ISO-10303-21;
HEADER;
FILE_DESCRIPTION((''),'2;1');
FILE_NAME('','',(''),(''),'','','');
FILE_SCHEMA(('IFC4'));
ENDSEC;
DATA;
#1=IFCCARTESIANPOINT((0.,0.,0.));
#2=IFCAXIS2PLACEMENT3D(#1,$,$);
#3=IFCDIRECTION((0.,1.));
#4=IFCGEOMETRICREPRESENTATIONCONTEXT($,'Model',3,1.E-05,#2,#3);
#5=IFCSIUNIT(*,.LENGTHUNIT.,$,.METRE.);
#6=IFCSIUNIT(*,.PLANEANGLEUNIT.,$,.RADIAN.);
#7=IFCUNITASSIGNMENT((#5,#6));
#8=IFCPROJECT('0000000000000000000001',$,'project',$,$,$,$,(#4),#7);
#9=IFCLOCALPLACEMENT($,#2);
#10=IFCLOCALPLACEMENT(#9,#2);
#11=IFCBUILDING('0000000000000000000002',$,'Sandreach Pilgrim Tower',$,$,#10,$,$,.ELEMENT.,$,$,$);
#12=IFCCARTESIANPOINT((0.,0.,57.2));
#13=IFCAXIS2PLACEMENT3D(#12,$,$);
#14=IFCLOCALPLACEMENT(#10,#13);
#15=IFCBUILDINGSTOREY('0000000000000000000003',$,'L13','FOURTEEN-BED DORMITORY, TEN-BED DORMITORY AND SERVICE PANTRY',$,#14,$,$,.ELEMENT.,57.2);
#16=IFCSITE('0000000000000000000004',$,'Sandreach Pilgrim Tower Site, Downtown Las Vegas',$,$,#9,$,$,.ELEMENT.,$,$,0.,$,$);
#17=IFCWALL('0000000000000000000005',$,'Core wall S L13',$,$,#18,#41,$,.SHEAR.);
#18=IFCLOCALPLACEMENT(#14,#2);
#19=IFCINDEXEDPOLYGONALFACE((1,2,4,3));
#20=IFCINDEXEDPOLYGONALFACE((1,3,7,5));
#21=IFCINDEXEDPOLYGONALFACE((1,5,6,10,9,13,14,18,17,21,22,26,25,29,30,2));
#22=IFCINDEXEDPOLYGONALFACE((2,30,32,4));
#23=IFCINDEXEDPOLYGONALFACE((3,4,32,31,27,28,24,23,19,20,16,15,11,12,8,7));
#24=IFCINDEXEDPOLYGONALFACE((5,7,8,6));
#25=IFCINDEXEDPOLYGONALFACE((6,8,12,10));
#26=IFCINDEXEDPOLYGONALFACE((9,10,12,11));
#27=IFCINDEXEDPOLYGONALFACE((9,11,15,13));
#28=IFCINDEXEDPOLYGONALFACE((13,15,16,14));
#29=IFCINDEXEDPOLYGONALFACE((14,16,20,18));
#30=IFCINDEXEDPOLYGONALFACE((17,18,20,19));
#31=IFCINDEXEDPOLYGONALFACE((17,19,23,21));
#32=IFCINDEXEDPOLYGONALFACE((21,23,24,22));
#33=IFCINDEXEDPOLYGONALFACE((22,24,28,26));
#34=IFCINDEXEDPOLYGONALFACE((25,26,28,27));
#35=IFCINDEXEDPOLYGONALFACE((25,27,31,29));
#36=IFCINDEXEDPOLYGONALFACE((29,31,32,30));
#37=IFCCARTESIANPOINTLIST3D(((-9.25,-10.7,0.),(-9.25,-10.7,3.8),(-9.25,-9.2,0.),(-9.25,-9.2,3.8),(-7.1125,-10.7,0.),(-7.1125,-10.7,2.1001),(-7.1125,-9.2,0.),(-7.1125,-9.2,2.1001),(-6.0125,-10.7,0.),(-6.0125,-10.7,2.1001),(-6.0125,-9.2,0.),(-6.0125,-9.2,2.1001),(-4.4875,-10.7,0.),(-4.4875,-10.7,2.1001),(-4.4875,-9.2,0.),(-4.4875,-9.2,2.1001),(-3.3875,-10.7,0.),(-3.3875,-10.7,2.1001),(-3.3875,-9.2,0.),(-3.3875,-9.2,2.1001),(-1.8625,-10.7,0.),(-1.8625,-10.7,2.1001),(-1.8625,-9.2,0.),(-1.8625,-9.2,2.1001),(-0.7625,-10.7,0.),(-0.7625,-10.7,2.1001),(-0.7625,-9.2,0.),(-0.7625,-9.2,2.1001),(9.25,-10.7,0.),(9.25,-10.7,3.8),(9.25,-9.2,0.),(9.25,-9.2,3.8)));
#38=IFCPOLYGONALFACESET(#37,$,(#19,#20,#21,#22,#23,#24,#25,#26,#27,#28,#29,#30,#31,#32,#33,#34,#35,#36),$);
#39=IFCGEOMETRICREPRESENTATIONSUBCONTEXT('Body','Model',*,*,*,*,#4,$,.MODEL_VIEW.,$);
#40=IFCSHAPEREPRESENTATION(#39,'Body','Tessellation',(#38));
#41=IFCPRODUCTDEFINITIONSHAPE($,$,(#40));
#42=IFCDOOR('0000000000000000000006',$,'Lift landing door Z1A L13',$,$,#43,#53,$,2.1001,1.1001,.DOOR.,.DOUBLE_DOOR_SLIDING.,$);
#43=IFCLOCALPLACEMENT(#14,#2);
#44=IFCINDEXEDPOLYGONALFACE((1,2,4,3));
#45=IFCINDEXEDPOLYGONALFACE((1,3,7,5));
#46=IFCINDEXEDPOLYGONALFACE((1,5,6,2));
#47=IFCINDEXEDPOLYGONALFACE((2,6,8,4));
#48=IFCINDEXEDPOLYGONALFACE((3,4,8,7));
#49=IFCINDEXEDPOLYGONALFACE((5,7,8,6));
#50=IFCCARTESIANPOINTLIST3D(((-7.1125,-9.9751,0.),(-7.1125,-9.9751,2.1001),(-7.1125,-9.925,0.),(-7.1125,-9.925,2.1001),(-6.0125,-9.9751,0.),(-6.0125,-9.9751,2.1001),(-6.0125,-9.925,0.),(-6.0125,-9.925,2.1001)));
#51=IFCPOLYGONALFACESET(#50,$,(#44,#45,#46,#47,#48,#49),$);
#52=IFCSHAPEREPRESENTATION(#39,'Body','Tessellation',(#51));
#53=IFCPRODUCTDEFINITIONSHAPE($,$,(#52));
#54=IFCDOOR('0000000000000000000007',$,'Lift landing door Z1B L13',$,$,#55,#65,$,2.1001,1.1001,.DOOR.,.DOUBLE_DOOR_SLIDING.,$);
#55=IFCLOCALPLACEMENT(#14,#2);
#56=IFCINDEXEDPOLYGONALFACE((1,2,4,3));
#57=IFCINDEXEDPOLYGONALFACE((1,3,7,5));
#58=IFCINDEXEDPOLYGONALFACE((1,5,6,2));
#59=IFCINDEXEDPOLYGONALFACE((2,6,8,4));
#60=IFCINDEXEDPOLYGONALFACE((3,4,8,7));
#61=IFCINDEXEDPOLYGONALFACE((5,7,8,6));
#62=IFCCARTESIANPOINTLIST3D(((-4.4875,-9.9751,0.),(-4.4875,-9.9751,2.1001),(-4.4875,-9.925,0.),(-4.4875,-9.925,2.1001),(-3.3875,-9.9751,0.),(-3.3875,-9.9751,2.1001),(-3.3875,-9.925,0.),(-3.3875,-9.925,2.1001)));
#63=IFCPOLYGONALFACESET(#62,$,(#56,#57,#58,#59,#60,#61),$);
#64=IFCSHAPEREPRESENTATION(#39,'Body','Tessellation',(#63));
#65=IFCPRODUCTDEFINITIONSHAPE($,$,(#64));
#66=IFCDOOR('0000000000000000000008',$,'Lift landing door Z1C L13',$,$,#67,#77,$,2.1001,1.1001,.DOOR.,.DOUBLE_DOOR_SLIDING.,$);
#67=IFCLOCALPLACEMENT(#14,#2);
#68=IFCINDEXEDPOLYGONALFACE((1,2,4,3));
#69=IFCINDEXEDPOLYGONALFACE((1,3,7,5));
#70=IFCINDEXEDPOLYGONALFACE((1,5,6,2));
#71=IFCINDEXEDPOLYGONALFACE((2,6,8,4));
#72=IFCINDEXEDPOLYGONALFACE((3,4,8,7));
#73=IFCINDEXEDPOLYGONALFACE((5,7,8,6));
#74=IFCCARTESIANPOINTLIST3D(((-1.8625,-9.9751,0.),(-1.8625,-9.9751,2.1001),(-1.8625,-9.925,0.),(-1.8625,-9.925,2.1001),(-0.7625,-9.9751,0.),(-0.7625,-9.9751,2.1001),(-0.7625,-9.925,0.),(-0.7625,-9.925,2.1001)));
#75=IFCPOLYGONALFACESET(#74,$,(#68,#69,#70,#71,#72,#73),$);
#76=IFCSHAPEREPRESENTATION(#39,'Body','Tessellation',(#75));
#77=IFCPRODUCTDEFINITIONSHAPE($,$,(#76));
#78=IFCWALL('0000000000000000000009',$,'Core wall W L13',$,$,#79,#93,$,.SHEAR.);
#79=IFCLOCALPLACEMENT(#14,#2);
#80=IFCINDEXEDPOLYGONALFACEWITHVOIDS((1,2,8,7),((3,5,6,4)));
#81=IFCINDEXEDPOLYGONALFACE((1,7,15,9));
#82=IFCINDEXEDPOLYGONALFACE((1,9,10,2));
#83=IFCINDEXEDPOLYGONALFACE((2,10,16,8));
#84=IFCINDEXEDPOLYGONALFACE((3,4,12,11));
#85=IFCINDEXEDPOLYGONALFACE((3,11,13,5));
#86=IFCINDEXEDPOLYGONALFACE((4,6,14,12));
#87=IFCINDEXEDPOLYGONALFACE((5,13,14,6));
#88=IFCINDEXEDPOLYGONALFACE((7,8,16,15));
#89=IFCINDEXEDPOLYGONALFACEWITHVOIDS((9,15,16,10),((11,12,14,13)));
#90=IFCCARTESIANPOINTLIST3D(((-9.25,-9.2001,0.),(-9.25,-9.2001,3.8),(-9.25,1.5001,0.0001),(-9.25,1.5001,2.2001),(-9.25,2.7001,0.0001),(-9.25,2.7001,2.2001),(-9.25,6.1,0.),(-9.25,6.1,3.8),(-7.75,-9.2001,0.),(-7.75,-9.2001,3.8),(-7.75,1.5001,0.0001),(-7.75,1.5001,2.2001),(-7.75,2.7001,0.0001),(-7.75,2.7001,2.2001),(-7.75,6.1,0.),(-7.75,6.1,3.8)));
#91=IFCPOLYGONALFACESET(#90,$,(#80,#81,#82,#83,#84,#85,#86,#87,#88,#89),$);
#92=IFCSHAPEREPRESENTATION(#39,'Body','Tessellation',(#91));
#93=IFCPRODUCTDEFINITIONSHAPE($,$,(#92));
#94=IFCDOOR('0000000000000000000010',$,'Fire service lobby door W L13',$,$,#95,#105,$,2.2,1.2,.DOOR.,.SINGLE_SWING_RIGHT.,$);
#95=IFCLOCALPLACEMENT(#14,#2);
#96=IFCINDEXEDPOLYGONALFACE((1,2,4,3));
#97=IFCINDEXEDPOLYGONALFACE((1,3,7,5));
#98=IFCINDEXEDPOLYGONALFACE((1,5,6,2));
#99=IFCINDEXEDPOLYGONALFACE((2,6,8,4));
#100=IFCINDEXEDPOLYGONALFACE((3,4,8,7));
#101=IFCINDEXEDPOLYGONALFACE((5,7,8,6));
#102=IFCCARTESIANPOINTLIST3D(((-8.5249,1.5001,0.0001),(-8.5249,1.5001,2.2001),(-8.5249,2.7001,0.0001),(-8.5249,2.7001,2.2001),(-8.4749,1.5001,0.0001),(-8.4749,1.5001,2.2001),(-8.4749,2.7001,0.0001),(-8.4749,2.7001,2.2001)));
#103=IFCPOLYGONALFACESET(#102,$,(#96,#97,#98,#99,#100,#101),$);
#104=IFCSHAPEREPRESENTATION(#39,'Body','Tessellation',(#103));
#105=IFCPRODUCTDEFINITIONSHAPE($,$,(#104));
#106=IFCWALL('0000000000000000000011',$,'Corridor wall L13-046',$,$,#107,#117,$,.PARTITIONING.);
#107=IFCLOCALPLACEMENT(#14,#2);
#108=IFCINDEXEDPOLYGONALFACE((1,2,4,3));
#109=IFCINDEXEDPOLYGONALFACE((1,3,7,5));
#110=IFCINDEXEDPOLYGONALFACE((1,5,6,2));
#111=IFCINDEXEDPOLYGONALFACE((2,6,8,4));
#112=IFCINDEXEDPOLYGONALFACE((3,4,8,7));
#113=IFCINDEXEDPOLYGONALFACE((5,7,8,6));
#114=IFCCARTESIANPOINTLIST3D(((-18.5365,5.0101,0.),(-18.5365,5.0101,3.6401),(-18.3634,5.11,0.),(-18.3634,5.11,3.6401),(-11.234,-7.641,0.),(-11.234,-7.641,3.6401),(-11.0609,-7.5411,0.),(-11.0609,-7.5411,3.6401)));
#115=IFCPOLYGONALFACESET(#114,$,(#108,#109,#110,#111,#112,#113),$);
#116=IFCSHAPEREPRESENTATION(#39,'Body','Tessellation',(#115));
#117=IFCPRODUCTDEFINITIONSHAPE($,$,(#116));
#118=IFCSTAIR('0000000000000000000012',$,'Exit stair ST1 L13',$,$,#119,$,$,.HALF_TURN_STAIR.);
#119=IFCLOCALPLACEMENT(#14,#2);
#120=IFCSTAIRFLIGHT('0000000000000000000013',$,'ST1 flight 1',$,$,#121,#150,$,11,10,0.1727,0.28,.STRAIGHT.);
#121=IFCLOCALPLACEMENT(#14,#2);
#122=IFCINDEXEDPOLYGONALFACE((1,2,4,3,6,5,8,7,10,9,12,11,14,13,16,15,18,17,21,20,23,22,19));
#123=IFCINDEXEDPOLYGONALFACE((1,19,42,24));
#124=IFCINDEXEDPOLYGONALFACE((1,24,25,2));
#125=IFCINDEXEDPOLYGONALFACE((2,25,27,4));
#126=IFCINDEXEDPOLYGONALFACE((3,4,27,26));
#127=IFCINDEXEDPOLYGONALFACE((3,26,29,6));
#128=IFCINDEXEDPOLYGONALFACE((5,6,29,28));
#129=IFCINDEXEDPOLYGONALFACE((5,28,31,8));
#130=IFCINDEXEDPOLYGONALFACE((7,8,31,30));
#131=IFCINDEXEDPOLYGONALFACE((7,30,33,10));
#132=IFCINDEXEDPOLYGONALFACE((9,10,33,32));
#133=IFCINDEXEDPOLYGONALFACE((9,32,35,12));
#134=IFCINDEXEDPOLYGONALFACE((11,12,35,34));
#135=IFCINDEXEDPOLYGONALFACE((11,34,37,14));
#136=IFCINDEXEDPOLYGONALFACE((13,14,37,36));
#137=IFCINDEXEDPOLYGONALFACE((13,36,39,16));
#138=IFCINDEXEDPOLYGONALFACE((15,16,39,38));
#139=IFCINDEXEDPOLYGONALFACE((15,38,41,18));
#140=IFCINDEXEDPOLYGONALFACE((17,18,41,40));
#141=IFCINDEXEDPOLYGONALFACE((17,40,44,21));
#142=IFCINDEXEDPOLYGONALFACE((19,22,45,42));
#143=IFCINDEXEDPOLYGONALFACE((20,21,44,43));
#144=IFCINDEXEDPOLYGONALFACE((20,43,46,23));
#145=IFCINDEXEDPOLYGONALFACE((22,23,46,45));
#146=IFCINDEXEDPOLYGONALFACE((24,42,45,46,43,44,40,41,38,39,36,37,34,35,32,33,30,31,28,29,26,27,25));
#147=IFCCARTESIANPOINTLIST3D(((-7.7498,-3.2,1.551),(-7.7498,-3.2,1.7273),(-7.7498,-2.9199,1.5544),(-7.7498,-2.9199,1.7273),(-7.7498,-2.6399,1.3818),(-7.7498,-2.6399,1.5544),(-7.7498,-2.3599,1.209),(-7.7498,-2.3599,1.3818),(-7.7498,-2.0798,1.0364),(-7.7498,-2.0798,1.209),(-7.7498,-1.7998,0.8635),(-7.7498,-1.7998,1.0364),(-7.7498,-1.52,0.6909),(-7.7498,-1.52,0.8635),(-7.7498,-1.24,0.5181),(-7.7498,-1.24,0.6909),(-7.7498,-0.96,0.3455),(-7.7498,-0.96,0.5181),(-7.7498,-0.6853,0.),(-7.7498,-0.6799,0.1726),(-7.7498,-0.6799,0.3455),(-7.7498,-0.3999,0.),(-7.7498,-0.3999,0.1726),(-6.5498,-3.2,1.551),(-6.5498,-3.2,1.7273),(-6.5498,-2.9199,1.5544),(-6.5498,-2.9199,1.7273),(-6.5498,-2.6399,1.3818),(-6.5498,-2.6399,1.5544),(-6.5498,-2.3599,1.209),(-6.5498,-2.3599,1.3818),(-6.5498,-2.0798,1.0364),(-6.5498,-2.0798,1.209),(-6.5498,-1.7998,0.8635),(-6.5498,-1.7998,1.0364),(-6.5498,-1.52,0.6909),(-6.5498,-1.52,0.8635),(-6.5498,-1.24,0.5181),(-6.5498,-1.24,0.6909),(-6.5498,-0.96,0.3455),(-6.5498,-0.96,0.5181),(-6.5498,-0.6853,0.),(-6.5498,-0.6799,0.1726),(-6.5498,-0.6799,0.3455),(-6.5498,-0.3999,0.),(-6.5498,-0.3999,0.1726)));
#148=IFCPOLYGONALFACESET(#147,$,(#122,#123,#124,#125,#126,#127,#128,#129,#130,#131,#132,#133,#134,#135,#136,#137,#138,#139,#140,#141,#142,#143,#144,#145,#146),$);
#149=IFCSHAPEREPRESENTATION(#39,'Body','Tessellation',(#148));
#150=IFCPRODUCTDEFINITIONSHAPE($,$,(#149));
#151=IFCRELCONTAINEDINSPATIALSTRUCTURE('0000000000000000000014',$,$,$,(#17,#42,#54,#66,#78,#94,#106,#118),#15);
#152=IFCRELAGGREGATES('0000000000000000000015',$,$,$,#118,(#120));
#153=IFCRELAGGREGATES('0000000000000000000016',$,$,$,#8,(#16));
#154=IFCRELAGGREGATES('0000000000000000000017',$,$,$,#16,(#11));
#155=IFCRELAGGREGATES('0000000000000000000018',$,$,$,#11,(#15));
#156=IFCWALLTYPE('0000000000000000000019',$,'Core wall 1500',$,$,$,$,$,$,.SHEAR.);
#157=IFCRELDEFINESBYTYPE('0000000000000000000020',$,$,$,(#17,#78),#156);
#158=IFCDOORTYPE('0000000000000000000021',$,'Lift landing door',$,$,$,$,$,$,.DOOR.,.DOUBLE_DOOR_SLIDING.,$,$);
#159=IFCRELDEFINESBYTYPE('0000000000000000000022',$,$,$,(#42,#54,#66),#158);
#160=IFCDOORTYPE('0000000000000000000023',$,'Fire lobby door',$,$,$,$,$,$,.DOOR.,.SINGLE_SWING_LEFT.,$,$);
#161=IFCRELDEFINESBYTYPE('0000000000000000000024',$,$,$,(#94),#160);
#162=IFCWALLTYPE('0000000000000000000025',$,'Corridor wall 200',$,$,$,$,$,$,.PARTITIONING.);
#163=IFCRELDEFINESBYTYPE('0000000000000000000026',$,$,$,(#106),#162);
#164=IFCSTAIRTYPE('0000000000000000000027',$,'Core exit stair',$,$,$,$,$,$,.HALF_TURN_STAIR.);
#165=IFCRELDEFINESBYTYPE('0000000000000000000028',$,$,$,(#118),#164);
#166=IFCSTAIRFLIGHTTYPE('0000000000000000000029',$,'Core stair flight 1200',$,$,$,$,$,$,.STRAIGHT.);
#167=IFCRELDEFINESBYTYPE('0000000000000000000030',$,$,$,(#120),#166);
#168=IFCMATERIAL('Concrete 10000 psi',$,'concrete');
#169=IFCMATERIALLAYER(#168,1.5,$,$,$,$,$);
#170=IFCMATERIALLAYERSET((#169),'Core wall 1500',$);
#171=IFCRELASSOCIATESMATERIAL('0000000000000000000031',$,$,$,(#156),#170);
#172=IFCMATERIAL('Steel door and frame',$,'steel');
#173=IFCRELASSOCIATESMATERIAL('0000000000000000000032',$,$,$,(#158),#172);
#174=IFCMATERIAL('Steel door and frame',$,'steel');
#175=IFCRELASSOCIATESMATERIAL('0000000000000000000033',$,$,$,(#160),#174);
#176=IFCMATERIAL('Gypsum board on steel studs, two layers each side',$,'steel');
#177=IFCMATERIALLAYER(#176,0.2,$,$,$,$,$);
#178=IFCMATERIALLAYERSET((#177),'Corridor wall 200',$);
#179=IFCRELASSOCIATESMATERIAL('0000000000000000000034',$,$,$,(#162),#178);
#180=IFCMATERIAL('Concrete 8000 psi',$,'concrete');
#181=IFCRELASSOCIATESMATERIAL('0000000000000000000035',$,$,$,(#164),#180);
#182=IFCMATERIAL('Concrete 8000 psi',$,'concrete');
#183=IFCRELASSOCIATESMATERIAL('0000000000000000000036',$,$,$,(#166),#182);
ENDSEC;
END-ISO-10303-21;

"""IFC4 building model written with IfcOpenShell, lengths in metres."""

from ifc_helpers import new_model, si_unit, direction, frame, frame_2d, origin, place, context, subcontext, project, spatial, polyline, rectangle, outline, extrude, material, layer, layer_set, type_object, element, fill, aggregate, save


model = new_model("IFC4")

# Units and contexts
model_context = context("Model", 3, precision=1e-05, world=origin(), true_north=direction((0.0, 1.0)))
body_context = subcontext(model_context, "Body", "Model", "MODEL_VIEW")
ifc_project = project(units=[si_unit("LENGTHUNIT", "METRE"), si_unit("PLANEANGLEUNIT", "RADIAN")], contexts=[model_context])

# Site, building, storey
site_placement = place(None, origin())
site = spatial("IfcSite", under=ifc_project, at=site_placement, Name="Sandreach Pilgrim Tower Site, Downtown Las Vegas", CompositionType="ELEMENT", RefElevation=0.0)
building_placement = place(site_placement, origin())
building = spatial("IfcBuilding", under=site, at=building_placement, Name="Sandreach Pilgrim Tower", CompositionType="ELEMENT")
storey_placement = place(building_placement, frame((0.0, 0.0, 57.2)))
storey = spatial("IfcBuildingStorey", under=building, at=storey_placement, Name="L13", Description="FOURTEEN-BED DORMITORY, TEN-BED DORMITORY AND SERVICE PANTRY", CompositionType="ELEMENT", Elevation=57.2)

# Wall, openings, doors
ifc_material_1 = material(Name="Concrete 10000 psi", Category="concrete")
ifc_layer_1 = layer(ifc_material_1, 1.5)
ifc_layer_set_1 = layer_set([ifc_layer_1], Name="Core wall 1500")
wall_type_1 = type_object("IfcWallType", Name="Core wall 1500", PredefinedType="SHEAR", material=ifc_layer_set_1)
wall_1_placement = place(storey_placement, frame((-9.25, -9.95, 0.0), z_axis=(0.0, 0.0, 1.0), x_axis=(1.0, 0.0, 0.0)))
wall_1 = element("IfcWall", 1, at=wall_1_placement, inside=storey, type_object=wall_type_1, Name="Core wall S L13", PredefinedType="SHEAR", context=body_context, shape_type="SweptSolid", body=[
    extrude(rectangle(XDim=18.5, YDim=1.5, at=frame_2d((9.25, 0.0))), origin(), (0.0, 0.0, 1.0), 3.8),
])
opening_1_placement = place(wall_1_placement, frame((2.1375, 0.0, 0.0)))
opening_1 = element("IfcOpeningElement", 2, at=opening_1_placement, cuts=wall_1, PredefinedType="OPENING", context=body_context, shape_type="SweptSolid", body=[
    extrude(rectangle(XDim=1.1001, YDim=2.1001, at=frame_2d((0.55, 1.05))), frame((0.0, 0.75, 0.0), z_axis=(0.0, -1.0, 0.0), x_axis=(1.0, 0.0, 0.0)), (0.0, 0.0, 1.0), 1.5),
])
opening_2_placement = place(wall_1_placement, frame((4.7625, 0.0, 0.0)))
opening_2 = element("IfcOpeningElement", 3, at=opening_2_placement, cuts=wall_1, PredefinedType="OPENING", context=body_context, shape_type="SweptSolid", body=[
    extrude(rectangle(XDim=1.1001, YDim=2.1001, at=frame_2d((0.55, 1.05))), frame((0.0, 0.75, 0.0), z_axis=(0.0, -1.0, 0.0), x_axis=(1.0, 0.0, 0.0)), (0.0, 0.0, 1.0), 1.5),
])
opening_3_placement = place(wall_1_placement, frame((7.3875, 0.0, 0.0)))
opening_3 = element("IfcOpeningElement", 4, at=opening_3_placement, cuts=wall_1, PredefinedType="OPENING", context=body_context, shape_type="SweptSolid", body=[
    extrude(rectangle(XDim=1.1001, YDim=2.1001, at=frame_2d((0.55, 1.05))), frame((0.0, 0.75, 0.0), z_axis=(0.0, -1.0, 0.0), x_axis=(1.0, 0.0, 0.0)), (0.0, 0.0, 1.0), 1.5),
])
ifc_material_2 = material(Name="Steel door and frame", Category="steel")
door_type_1 = type_object("IfcDoorType", Name="Lift landing door", OperationType="DOUBLE_DOOR_SLIDING", PredefinedType="DOOR", material=ifc_material_2)
door_1_placement = place(opening_1_placement, origin())
door_1 = element("IfcDoor", 5, at=door_1_placement, inside=storey, type_object=door_type_1, Name="Lift landing door Z1A L13", OperationType="DOUBLE_DOOR_SLIDING", OverallHeight=2.1001, OverallWidth=1.1001, PredefinedType="DOOR", context=body_context, shape_type="SweptSolid", body=[
    extrude(rectangle(XDim=1.1001, YDim=2.1001, at=frame_2d((0.55, 1.05))), frame((0.0, 0.0249, 0.0), z_axis=(0.0, -1.0, 0.0), x_axis=(1.0, 0.0, 0.0)), (0.0, 0.0, 1.0), 0.05),
])
fill(opening_1, door_1)
door_2_placement = place(opening_2_placement, origin())
door_2 = element("IfcDoor", 6, at=door_2_placement, inside=storey, type_object=door_type_1, Name="Lift landing door Z1B L13", OperationType="DOUBLE_DOOR_SLIDING", OverallHeight=2.1001, OverallWidth=1.1001, PredefinedType="DOOR", context=body_context, shape_type="SweptSolid", body=[
    extrude(rectangle(XDim=1.1001, YDim=2.1001, at=frame_2d((0.55, 1.05))), frame((0.0, 0.0249, 0.0), z_axis=(0.0, -1.0, 0.0), x_axis=(1.0, 0.0, 0.0)), (0.0, 0.0, 1.0), 0.05),
])
fill(opening_2, door_2)
door_3_placement = place(opening_3_placement, origin())
door_3 = element("IfcDoor", 7, at=door_3_placement, inside=storey, type_object=door_type_1, Name="Lift landing door Z1C L13", OperationType="DOUBLE_DOOR_SLIDING", OverallHeight=2.1001, OverallWidth=1.1001, PredefinedType="DOOR", context=body_context, shape_type="SweptSolid", body=[
    extrude(rectangle(XDim=1.1001, YDim=2.1001, at=frame_2d((0.55, 1.05))), frame((0.0, 0.0249, 0.0), z_axis=(0.0, -1.0, 0.0), x_axis=(1.0, 0.0, 0.0)), (0.0, 0.0, 1.0), 0.05),
])
fill(opening_3, door_3)

# Wall, opening, door
wall_2_placement = place(storey_placement, frame((-8.5, -9.2, 0.0), z_axis=(0.0, 0.0, 1.0), x_axis=(0.0, 1.0, 0.0)))
wall_2 = element("IfcWall", 8, at=wall_2_placement, inside=storey, type_object=wall_type_1, Name="Core wall W L13", PredefinedType="SHEAR", context=body_context, shape_type="SweptSolid", body=[
    extrude(rectangle(XDim=15.3, YDim=1.5, at=frame_2d((7.6499, 0.0))), origin(), (0.0, 0.0, 1.0), 3.8),
])
opening_4_placement = place(wall_2_placement, frame((10.7, 0.0, 0.0)))
opening_4 = element("IfcOpeningElement", 9, at=opening_4_placement, cuts=wall_2, PredefinedType="OPENING", context=body_context, shape_type="SweptSolid", body=[
    extrude(rectangle(XDim=1.2, YDim=2.2, at=frame_2d((0.6001, 1.1001))), frame((0.0, 0.75, 0.0), z_axis=(0.0, -1.0, 0.0), x_axis=(1.0, 0.0, 0.0)), (0.0, 0.0, 1.0), 1.5),
])
ifc_material_3 = material(Name="Steel door and frame", Category="steel")
door_type_2 = type_object("IfcDoorType", Name="Fire lobby door", OperationType="SINGLE_SWING_LEFT", PredefinedType="DOOR", material=ifc_material_3)
door_4_placement = place(opening_4_placement, origin())
door_4 = element("IfcDoor", 10, at=door_4_placement, inside=storey, type_object=door_type_2, Name="Fire service lobby door W L13", OperationType="SINGLE_SWING_RIGHT", OverallHeight=2.2, OverallWidth=1.2, PredefinedType="DOOR", context=body_context, shape_type="SweptSolid", body=[
    extrude(rectangle(XDim=1.2, YDim=2.2, at=frame_2d((0.6001, 1.1001))), frame((0.0, 0.0249, 0.0), z_axis=(0.0, -1.0, 0.0), x_axis=(1.0, 0.0, 0.0)), (0.0, 0.0, 1.0), 0.05),
])
fill(opening_4, door_4)
ifc_material_4 = material(Name="Gypsum board on steel studs, two layers each side", Category="steel")
ifc_layer_2 = layer(ifc_material_4, 0.2)
ifc_layer_set_2 = layer_set([ifc_layer_2], Name="Corridor wall 200")
wall_type_2 = type_object("IfcWallType", Name="Corridor wall 200", PredefinedType="PARTITIONING", material=ifc_layer_set_2)

# Wall
wall_3_placement = place(storey_placement, frame((-11.1475, -7.5911, 0.0), z_axis=(0.0, 0.0, 1.0), x_axis=(-0.499916, 0.866074, 0.0)))
element("IfcWall", 11, at=wall_3_placement, inside=storey, type_object=wall_type_2, Name="Corridor wall L13-046", PredefinedType="PARTITIONING", context=body_context, shape_type="SweptSolid", body=[
    extrude(rectangle(XDim=14.6074, YDim=0.2, at=frame_2d((7.3037, 0.0))), origin(), (0.0, 0.0, 1.0), 3.6401),
])

# Stair, stair flight
ifc_material_5 = material(Name="Concrete 8000 psi", Category="concrete")
stair_type = type_object("IfcStairType", Name="Core exit stair", PredefinedType="HALF_TURN_STAIR", material=ifc_material_5)
stair_placement = place(storey_placement, origin())
stair = element("IfcStair", 12, at=stair_placement, inside=storey, type_object=stair_type, Name="Exit stair ST1 L13", PredefinedType="HALF_TURN_STAIR")
ifc_material_6 = material(Name="Concrete 8000 psi", Category="concrete")
stair_flight_type = type_object("IfcStairFlightType", Name="Core stair flight 1200", PredefinedType="STRAIGHT", material=ifc_material_6)
stair_flight_placement = place(storey_placement, frame((-7.1499, -0.3999, 0.0), z_axis=(0.0, 0.0, 1.0), x_axis=(0.0, -1.0, 0.0)))
stair_flight = element("IfcStairFlight", 13, at=stair_flight_placement, type_object=stair_flight_type, Name="ST1 flight 1", NumberOfRisers=11, NumberOfTreads=10, PredefinedType="STRAIGHT", RiserHeight=0.1727, TreadLength=0.28, context=body_context, shape_type="SweptSolid", body=[
    extrude(outline(polyline([(0.0, 0.0), (0.0, 0.1726), (0.28, 0.1726), (0.28, 0.3455), (0.5601, 0.3455), (0.5601, 0.5181), (0.8401, 0.5181), (0.8401, 0.6909), (1.1201, 0.6909), (1.1201, 0.8635), (1.3999, 0.8635), (1.3999, 1.0364), (1.6799, 1.0364), (1.6799, 1.209), (1.96, 1.209), (1.96, 1.3818), (2.24, 1.3818), (2.24, 1.5544), (2.52, 1.5544), (2.52, 1.7273), (2.8, 1.7273), (2.8, 1.8999), (2.8, 1.551), (0.2854, 0.0), (0.0, 0.0)])), frame((0.0, 0.6001, 0.0), z_axis=(0.0, -1.0, 0.0), x_axis=(1.0, 0.0, 0.0)), (0.0, 0.0, 1.0), 1.2),
])
aggregate(stair, [stair_flight])

save(model, "model.ifc")
